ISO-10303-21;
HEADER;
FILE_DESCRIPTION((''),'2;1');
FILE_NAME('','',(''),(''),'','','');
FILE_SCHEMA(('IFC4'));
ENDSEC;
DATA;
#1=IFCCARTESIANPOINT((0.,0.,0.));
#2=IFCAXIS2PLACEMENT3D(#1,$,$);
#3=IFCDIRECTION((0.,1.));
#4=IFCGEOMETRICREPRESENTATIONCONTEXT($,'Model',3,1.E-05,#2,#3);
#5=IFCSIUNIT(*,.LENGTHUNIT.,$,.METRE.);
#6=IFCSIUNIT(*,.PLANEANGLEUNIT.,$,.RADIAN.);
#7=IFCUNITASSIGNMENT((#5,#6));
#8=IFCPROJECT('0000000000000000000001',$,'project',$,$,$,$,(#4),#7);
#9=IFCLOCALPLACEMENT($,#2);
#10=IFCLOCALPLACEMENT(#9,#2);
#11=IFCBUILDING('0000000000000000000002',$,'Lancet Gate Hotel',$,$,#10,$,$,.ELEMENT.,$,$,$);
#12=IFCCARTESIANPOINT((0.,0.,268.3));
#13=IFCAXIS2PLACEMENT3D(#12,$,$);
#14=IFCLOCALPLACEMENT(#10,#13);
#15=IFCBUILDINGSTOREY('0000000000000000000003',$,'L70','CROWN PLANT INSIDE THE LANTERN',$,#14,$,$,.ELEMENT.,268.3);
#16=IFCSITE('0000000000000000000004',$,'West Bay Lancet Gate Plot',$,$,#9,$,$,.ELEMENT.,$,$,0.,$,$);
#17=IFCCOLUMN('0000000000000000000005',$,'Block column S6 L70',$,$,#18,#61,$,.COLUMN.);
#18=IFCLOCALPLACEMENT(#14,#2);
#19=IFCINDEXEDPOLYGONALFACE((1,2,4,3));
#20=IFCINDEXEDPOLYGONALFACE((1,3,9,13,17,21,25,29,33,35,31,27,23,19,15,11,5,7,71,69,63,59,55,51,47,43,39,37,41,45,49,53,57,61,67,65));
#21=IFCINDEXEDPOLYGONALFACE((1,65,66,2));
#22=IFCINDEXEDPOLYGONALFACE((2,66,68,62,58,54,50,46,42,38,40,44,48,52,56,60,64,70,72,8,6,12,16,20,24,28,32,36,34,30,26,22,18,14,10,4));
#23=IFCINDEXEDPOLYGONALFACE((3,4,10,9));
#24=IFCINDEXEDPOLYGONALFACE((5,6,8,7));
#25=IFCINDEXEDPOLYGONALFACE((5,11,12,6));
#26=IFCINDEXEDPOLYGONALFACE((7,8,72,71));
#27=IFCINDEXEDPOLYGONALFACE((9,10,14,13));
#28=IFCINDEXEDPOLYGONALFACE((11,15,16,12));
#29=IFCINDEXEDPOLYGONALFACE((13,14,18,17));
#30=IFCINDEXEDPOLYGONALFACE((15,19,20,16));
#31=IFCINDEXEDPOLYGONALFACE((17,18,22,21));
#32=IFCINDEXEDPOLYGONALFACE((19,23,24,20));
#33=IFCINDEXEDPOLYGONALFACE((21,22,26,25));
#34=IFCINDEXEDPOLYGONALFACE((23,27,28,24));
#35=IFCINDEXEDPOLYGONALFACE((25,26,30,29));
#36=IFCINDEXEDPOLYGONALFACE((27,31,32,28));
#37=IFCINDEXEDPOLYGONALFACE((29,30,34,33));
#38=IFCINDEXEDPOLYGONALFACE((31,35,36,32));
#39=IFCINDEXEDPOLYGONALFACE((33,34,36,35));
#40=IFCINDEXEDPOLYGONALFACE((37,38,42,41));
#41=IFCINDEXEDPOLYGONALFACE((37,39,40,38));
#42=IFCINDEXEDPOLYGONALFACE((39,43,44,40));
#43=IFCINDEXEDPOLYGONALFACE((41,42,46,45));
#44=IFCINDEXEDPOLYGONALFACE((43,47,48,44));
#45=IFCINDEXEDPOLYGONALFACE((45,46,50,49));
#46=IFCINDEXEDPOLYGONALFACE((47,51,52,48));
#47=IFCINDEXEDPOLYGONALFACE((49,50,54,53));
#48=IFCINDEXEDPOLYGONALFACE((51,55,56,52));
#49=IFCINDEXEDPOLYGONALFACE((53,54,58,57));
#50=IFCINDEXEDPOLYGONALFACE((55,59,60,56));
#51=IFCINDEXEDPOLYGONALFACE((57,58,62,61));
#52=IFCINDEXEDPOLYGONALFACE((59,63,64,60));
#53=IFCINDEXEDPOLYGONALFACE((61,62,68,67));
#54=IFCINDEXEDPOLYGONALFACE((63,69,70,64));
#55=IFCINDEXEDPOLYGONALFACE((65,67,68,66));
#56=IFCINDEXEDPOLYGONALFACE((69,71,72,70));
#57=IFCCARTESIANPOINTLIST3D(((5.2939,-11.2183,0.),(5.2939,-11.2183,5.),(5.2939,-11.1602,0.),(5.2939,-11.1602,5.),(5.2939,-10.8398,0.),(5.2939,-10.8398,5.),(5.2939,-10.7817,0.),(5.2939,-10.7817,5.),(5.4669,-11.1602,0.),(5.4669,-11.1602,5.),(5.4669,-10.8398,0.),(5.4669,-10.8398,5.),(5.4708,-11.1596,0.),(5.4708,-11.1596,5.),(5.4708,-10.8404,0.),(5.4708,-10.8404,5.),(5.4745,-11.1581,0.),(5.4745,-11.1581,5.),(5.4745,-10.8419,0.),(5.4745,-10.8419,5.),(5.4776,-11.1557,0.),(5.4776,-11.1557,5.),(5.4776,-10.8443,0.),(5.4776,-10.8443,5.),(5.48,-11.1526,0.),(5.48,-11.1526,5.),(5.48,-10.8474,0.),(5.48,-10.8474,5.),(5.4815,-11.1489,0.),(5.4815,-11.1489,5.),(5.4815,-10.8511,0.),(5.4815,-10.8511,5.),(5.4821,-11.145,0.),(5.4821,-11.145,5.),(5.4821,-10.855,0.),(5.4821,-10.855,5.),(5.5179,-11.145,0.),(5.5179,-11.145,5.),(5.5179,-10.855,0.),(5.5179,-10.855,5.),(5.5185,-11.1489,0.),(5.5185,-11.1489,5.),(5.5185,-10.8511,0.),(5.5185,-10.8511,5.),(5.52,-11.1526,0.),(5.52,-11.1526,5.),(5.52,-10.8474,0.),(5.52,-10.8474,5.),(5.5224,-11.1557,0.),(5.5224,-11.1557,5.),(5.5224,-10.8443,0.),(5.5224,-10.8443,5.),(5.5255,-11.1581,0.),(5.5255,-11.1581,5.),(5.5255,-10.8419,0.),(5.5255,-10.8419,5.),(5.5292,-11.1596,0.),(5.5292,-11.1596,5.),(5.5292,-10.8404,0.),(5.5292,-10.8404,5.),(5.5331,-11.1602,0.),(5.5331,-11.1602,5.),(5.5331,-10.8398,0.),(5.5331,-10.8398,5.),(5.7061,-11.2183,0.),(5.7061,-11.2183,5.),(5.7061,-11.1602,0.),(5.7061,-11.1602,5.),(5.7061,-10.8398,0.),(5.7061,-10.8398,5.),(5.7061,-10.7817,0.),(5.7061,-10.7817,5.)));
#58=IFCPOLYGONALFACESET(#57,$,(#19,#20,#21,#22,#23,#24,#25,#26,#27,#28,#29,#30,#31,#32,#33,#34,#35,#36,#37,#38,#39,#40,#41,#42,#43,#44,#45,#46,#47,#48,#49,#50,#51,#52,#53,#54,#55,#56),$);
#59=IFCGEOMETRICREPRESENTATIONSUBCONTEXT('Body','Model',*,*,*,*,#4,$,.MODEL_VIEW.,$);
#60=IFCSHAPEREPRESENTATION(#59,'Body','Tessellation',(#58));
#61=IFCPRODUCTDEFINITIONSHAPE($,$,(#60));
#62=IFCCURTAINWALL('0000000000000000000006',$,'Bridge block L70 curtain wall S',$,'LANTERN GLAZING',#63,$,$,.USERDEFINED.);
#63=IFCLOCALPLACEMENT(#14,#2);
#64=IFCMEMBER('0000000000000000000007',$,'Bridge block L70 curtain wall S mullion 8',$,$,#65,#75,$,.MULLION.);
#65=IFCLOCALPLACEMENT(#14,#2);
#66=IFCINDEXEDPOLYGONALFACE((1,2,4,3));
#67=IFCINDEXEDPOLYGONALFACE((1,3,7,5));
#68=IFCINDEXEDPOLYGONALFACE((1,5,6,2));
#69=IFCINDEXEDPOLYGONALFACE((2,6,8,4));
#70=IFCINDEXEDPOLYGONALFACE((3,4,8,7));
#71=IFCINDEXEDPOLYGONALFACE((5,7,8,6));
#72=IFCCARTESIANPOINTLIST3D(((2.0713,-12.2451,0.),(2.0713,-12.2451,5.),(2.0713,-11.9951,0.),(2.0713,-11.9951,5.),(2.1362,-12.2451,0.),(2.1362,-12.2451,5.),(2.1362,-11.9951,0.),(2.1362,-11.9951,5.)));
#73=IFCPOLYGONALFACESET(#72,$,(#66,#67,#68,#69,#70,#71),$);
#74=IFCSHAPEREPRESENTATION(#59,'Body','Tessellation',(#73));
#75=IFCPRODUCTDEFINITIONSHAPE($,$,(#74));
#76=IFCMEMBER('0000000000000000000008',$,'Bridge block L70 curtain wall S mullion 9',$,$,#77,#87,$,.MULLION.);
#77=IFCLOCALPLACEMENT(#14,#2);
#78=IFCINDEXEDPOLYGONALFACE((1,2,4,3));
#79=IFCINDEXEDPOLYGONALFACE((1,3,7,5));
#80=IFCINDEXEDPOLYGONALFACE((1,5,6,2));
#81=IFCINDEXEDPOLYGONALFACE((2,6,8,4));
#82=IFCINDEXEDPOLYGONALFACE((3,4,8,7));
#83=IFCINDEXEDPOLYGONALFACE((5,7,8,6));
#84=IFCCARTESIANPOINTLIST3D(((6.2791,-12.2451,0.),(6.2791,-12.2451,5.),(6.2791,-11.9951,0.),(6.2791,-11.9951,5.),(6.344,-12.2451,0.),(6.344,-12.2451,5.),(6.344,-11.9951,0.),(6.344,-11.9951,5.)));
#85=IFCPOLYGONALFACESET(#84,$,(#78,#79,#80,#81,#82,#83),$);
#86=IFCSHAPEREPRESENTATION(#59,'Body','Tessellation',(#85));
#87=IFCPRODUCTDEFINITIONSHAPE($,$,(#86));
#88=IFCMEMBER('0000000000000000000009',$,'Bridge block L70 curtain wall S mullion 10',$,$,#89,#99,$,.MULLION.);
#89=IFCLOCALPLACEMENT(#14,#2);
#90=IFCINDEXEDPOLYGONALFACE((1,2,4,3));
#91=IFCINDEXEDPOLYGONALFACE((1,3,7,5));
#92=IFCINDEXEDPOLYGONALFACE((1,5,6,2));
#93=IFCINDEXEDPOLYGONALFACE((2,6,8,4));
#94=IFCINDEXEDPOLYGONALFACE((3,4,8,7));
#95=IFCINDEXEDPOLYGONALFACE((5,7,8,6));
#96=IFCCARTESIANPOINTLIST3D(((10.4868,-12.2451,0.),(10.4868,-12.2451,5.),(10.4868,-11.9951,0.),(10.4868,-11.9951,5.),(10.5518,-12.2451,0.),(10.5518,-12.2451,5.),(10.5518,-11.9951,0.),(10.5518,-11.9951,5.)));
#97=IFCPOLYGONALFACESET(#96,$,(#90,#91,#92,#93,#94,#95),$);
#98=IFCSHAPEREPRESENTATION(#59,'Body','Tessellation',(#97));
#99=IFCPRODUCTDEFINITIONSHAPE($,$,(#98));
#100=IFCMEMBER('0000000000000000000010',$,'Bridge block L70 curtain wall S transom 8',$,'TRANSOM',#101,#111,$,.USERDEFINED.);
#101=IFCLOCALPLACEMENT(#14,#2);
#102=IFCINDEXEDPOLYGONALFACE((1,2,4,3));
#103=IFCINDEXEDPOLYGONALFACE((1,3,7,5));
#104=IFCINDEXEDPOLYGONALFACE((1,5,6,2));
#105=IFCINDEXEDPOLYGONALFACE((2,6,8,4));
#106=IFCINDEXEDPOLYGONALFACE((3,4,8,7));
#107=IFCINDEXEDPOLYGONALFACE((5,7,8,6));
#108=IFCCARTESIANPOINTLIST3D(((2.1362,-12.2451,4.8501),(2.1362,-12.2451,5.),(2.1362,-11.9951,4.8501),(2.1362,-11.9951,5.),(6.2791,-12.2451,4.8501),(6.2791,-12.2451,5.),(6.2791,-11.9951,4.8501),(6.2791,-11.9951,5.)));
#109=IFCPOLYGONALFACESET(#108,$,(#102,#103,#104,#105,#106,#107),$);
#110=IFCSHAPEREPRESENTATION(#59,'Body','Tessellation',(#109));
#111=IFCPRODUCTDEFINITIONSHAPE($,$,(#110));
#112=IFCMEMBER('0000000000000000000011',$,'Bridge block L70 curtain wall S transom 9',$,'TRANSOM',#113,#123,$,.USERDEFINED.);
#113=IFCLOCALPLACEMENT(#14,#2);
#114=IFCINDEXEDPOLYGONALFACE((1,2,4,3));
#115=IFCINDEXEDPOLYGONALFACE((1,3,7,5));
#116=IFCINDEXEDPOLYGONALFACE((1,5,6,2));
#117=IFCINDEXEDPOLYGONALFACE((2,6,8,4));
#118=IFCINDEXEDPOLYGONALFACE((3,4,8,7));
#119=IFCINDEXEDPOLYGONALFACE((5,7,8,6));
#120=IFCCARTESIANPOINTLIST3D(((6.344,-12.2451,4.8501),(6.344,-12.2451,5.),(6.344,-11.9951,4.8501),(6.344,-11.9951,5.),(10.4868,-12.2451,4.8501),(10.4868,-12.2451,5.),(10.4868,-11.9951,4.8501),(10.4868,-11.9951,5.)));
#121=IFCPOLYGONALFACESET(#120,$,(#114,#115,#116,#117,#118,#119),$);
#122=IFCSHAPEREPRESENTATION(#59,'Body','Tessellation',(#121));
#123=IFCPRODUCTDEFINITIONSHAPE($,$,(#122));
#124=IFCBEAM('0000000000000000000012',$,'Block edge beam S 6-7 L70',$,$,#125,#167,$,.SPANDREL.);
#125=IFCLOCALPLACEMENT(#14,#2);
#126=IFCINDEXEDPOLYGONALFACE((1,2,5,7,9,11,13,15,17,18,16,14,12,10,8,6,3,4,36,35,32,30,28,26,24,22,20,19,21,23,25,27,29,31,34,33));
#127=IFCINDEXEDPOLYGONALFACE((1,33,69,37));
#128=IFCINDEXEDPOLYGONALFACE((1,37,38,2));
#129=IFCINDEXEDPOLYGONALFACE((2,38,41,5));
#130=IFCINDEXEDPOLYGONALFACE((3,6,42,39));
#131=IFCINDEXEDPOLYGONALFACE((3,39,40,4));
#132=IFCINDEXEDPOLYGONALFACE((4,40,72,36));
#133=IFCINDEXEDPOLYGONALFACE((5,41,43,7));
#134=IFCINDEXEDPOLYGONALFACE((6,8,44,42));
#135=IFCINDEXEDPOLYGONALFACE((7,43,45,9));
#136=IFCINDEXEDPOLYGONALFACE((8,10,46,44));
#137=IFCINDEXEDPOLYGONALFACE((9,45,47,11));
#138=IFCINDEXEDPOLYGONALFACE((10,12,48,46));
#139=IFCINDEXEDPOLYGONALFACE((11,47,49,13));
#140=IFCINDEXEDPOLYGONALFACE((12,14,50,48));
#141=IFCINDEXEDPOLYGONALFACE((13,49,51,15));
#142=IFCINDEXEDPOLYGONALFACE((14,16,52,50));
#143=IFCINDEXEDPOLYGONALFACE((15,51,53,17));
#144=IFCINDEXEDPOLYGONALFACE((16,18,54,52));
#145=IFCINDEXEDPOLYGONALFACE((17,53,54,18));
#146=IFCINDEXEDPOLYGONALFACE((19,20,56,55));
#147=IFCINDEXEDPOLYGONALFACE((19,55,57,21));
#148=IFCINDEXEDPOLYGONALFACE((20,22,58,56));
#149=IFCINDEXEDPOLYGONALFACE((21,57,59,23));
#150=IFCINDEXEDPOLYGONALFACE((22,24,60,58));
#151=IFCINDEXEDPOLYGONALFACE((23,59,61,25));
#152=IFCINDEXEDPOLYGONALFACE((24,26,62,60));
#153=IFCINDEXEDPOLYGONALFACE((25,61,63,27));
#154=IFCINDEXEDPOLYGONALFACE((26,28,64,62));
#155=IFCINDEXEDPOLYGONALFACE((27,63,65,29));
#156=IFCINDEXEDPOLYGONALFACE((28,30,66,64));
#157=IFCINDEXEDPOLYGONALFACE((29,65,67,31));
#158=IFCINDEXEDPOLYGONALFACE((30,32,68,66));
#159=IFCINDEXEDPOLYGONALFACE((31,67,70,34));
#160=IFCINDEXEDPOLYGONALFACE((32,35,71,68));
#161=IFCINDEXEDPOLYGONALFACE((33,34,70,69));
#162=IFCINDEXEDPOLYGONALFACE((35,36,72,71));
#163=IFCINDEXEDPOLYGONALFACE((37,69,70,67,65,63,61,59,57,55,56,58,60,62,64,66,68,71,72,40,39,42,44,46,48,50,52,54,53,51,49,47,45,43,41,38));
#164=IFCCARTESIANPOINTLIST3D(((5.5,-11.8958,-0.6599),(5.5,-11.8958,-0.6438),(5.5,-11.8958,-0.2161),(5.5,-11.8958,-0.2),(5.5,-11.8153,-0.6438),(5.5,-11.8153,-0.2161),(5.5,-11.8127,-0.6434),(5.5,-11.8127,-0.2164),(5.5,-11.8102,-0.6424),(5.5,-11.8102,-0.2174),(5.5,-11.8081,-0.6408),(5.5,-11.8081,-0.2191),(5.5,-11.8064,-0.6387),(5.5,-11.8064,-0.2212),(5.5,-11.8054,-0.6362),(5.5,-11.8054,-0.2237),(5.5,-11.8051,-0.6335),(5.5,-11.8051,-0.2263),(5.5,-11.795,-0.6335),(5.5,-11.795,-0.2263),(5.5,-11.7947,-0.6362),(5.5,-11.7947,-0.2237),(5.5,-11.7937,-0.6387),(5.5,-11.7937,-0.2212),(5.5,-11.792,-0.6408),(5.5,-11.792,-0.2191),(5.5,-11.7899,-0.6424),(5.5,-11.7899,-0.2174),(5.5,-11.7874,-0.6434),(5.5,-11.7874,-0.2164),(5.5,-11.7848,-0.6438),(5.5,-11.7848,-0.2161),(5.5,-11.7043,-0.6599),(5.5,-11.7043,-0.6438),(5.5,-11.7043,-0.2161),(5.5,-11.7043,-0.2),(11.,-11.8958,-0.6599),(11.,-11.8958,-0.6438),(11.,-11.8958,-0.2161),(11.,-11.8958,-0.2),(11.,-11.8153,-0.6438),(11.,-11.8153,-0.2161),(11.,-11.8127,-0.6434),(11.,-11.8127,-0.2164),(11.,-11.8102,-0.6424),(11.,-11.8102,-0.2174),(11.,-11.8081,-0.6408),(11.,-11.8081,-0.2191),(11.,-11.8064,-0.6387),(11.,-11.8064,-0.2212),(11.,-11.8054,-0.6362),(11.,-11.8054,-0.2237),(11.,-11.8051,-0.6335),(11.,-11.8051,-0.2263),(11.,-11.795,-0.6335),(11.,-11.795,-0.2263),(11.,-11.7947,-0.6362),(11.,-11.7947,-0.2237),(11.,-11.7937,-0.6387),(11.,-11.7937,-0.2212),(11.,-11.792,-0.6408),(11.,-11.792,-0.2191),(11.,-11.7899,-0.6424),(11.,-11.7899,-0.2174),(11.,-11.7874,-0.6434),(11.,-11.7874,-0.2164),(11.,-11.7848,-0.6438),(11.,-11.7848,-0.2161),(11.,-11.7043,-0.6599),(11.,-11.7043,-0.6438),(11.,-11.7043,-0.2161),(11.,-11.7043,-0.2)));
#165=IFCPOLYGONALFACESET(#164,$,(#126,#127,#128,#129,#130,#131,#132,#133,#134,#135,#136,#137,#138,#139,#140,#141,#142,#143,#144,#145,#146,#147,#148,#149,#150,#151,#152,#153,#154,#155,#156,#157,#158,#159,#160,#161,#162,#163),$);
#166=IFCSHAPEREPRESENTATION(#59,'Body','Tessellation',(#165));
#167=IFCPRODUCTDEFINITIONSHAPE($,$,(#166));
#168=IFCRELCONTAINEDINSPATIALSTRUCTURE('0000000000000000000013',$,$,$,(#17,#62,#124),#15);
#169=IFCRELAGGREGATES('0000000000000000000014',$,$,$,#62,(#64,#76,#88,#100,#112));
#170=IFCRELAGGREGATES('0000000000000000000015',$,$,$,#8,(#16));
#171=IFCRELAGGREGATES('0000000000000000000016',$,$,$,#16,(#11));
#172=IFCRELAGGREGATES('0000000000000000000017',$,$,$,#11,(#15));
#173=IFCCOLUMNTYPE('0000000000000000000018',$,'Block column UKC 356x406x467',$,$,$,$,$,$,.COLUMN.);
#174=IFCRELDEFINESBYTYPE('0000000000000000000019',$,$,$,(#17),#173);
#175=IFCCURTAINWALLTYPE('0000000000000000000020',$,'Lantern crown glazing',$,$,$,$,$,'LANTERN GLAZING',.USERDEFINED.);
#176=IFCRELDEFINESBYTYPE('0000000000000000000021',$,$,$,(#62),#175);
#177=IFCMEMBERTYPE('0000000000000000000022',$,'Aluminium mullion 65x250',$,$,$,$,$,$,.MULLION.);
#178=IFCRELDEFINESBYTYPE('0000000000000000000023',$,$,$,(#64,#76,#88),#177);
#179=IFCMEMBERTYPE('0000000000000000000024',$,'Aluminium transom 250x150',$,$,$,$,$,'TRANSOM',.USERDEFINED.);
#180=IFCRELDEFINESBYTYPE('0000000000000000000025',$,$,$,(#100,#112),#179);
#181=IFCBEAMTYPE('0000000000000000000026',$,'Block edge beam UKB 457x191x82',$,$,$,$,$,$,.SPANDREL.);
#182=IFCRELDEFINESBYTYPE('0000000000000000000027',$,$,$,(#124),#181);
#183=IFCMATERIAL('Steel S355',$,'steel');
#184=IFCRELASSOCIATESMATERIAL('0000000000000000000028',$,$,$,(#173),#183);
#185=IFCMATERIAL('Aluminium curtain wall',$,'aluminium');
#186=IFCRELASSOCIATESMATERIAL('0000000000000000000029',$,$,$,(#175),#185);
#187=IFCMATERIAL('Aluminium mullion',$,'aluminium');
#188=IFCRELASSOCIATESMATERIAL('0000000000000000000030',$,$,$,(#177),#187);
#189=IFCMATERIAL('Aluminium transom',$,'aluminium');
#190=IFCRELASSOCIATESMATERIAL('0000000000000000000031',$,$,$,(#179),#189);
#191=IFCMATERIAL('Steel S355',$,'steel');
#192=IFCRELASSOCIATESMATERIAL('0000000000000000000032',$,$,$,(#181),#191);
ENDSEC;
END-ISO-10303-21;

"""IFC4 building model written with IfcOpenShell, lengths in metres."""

from ifc_helpers import new_model, si_unit, direction, frame, origin, origin_2d, place, context, subcontext, project, spatial, rectangle, i_section, extrude, material, material_profile, profile_set, type_object, element, aggregate, save


model = new_model("IFC4")

# Units and contexts
model_context = context("Model", 3, precision=1e-05, world=origin(), true_north=direction((0.0, 1.0)))
body_context = subcontext(model_context, "Body", "Model", "MODEL_VIEW")
ifc_project = project(units=[si_unit("LENGTHUNIT", "METRE"), si_unit("PLANEANGLEUNIT", "RADIAN")], contexts=[model_context])

# Site, building, storey
site_placement = place(None, origin())
site = spatial("IfcSite", under=ifc_project, at=site_placement, Name="West Bay Lancet Gate Plot", CompositionType="ELEMENT", RefElevation=0.0)
building_placement = place(site_placement, origin())
building = spatial("IfcBuilding", under=site, at=building_placement, Name="Lancet Gate Hotel", CompositionType="ELEMENT")
storey_placement = place(building_placement, frame((0.0, 0.0, 268.3)))
storey = spatial("IfcBuildingStorey", under=building, at=storey_placement, Name="L70", Description="CROWN PLANT INSIDE THE LANTERN", CompositionType="ELEMENT", Elevation=268.3)

# Column
ifc_material_1 = material(Name="Steel S355", Category="steel")
ifc_material_profile_1 = material_profile(ifc_material_1, i_section(OverallWidth=0.4121, OverallDepth=0.4365, WebThickness=0.0359, FlangeThickness=0.0581, FilletRadius=0.0151, at=origin_2d()), Name="UKC 356x406x467")
ifc_profile_set_1 = profile_set([ifc_material_profile_1], Name="Steel S355")
column_type = type_object("IfcColumnType", Name="Block column UKC 356x406x467", PredefinedType="COLUMN", material=ifc_profile_set_1)
column_placement = place(storey_placement, frame((5.5, -11.0, 0.0), z_axis=(0.0, 0.0, 1.0), x_axis=(1.0, 0.0, 0.0)))
element("IfcColumn", 1, at=column_placement, inside=storey, type_object=column_type, Name="Block column S6 L70", PredefinedType="COLUMN", context=body_context, shape_type="SweptSolid", body=[
    extrude(i_section(OverallWidth=0.4121, OverallDepth=0.4365, WebThickness=0.0359, FlangeThickness=0.0581, FilletRadius=0.0151, at=origin_2d()), origin(), (0.0, 0.0, 1.0), 5.0),
])

# Curtain wall, members
ifc_material_2 = material(Name="Aluminium curtain wall", Category="aluminium")
curtain_wall_type_1 = type_object("IfcCurtainWallType", Name="Lantern crown glazing", ElementType="LANTERN GLAZING", PredefinedType="USERDEFINED", material=ifc_material_2)
curtain_wall_1_placement = place(storey_placement, origin())
curtain_wall_1 = element("IfcCurtainWall", 2, at=curtain_wall_1_placement, inside=storey, type_object=curtain_wall_type_1, Name="Bridge block L70 curtain wall S", ObjectType="LANTERN GLAZING", PredefinedType="USERDEFINED")
ifc_material_3 = material(Name="Aluminium mullion", Category="aluminium")
ifc_material_profile_2 = material_profile(ifc_material_3, rectangle(XDim=0.0649, YDim=0.25, at=origin_2d()), Name="MULLION 65x250")
ifc_profile_set_2 = profile_set([ifc_material_profile_2], Name="Aluminium mullion")
member_type_1 = type_object("IfcMemberType", Name="Aluminium mullion 65x250", PredefinedType="MULLION", material=ifc_profile_set_2)
member_1_placement = place(storey_placement, frame((2.1038, -12.1201, 0.0), z_axis=(0.0, 0.0, 1.0), x_axis=(1.0, 0.0, 0.0)))
member_1 = element("IfcMember", 3, at=member_1_placement, type_object=member_type_1, Name="Bridge block L70 curtain wall S mullion 8", PredefinedType="MULLION", context=body_context, shape_type="SweptSolid", body=[
    extrude(rectangle(XDim=0.0649, YDim=0.25, at=origin_2d()), origin(), (0.0, 0.0, 1.0), 5.0),
])
member_2_placement = place(storey_placement, frame((6.3115, -12.1201, 0.0), z_axis=(0.0, 0.0, 1.0), x_axis=(1.0, 0.0, 0.0)))
member_2 = element("IfcMember", 4, at=member_2_placement, type_object=member_type_1, Name="Bridge block L70 curtain wall S mullion 9", PredefinedType="MULLION", context=body_context, shape_type="SweptSolid", body=[
    extrude(rectangle(XDim=0.0649, YDim=0.25, at=origin_2d()), origin(), (0.0, 0.0, 1.0), 5.0),
])
member_3_placement = place(storey_placement, frame((10.5193, -12.1201, 0.0), z_axis=(0.0, 0.0, 1.0), x_axis=(1.0, 0.0, 0.0)))
member_3 = element("IfcMember", 5, at=member_3_placement, type_object=member_type_1, Name="Bridge block L70 curtain wall S mullion 10", PredefinedType="MULLION", context=body_context, shape_type="SweptSolid", body=[
    extrude(rectangle(XDim=0.0649, YDim=0.25, at=origin_2d()), origin(), (0.0, 0.0, 1.0), 5.0),
])
ifc_material_4 = material(Name="Aluminium transom", Category="aluminium")
ifc_material_profile_3 = material_profile(ifc_material_4, rectangle(XDim=0.25, YDim=0.1499, at=origin_2d()), Name="TRANSOM 250x150")
ifc_profile_set_3 = profile_set([ifc_material_profile_3], Name="Aluminium transom")
member_type_2 = type_object("IfcMemberType", Name="Aluminium transom 250x150", ElementType="TRANSOM", PredefinedType="USERDEFINED", material=ifc_profile_set_3)
member_4_placement = place(storey_placement, frame((2.1362, -12.1201, 4.925), z_axis=(1.0, 0.0, 0.0), x_axis=(0.0, 1.0, 0.0)))
member_4 = element("IfcMember", 6, at=member_4_placement, type_object=member_type_2, Name="Bridge block L70 curtain wall S transom 8", ObjectType="TRANSOM", PredefinedType="USERDEFINED", context=body_context, shape_type="SweptSolid", body=[
    extrude(rectangle(XDim=0.25, YDim=0.1499, at=origin_2d()), origin(), (0.0, 0.0, 1.0), 4.1428),
])
member_5_placement = place(storey_placement, frame((6.344, -12.1201, 4.925), z_axis=(1.0, 0.0, 0.0), x_axis=(0.0, 1.0, 0.0)))
member_5 = element("IfcMember", 7, at=member_5_placement, type_object=member_type_2, Name="Bridge block L70 curtain wall S transom 9", ObjectType="TRANSOM", PredefinedType="USERDEFINED", context=body_context, shape_type="SweptSolid", body=[
    extrude(rectangle(XDim=0.25, YDim=0.1499, at=origin_2d()), origin(), (0.0, 0.0, 1.0), 4.1428),
])

# Beam
ifc_material_5 = material(Name="Steel S355", Category="steel")
ifc_material_profile_4 = material_profile(ifc_material_5, i_section(OverallWidth=0.1914, OverallDepth=0.46, WebThickness=0.01, FlangeThickness=0.0161, FilletRadius=0.0103, at=origin_2d()), Name="UKB 457x191x82")
ifc_profile_set_4 = profile_set([ifc_material_profile_4], Name="Steel S355")
beam_type_1 = type_object("IfcBeamType", Name="Block edge beam UKB 457x191x82", PredefinedType="SPANDREL", material=ifc_profile_set_4)
beam_1_placement = place(storey_placement, frame((5.5, -11.8, -0.4299), z_axis=(1.0, 0.0, 0.0), x_axis=(0.0, 1.0, 0.0)))
element("IfcBeam", 8, at=beam_1_placement, inside=storey, type_object=beam_type_1, Name="Block edge beam S 6-7 L70", PredefinedType="SPANDREL", context=body_context, shape_type="SweptSolid", body=[
    extrude(i_section(OverallWidth=0.1914, OverallDepth=0.46, WebThickness=0.01, FlangeThickness=0.0161, FilletRadius=0.0103, at=origin_2d()), origin(), (0.0, 0.0, 1.0), 5.5),
])

aggregate(curtain_wall_1, [member_1, member_2, member_3, member_4, member_5])

save(model, "model.ifc")
